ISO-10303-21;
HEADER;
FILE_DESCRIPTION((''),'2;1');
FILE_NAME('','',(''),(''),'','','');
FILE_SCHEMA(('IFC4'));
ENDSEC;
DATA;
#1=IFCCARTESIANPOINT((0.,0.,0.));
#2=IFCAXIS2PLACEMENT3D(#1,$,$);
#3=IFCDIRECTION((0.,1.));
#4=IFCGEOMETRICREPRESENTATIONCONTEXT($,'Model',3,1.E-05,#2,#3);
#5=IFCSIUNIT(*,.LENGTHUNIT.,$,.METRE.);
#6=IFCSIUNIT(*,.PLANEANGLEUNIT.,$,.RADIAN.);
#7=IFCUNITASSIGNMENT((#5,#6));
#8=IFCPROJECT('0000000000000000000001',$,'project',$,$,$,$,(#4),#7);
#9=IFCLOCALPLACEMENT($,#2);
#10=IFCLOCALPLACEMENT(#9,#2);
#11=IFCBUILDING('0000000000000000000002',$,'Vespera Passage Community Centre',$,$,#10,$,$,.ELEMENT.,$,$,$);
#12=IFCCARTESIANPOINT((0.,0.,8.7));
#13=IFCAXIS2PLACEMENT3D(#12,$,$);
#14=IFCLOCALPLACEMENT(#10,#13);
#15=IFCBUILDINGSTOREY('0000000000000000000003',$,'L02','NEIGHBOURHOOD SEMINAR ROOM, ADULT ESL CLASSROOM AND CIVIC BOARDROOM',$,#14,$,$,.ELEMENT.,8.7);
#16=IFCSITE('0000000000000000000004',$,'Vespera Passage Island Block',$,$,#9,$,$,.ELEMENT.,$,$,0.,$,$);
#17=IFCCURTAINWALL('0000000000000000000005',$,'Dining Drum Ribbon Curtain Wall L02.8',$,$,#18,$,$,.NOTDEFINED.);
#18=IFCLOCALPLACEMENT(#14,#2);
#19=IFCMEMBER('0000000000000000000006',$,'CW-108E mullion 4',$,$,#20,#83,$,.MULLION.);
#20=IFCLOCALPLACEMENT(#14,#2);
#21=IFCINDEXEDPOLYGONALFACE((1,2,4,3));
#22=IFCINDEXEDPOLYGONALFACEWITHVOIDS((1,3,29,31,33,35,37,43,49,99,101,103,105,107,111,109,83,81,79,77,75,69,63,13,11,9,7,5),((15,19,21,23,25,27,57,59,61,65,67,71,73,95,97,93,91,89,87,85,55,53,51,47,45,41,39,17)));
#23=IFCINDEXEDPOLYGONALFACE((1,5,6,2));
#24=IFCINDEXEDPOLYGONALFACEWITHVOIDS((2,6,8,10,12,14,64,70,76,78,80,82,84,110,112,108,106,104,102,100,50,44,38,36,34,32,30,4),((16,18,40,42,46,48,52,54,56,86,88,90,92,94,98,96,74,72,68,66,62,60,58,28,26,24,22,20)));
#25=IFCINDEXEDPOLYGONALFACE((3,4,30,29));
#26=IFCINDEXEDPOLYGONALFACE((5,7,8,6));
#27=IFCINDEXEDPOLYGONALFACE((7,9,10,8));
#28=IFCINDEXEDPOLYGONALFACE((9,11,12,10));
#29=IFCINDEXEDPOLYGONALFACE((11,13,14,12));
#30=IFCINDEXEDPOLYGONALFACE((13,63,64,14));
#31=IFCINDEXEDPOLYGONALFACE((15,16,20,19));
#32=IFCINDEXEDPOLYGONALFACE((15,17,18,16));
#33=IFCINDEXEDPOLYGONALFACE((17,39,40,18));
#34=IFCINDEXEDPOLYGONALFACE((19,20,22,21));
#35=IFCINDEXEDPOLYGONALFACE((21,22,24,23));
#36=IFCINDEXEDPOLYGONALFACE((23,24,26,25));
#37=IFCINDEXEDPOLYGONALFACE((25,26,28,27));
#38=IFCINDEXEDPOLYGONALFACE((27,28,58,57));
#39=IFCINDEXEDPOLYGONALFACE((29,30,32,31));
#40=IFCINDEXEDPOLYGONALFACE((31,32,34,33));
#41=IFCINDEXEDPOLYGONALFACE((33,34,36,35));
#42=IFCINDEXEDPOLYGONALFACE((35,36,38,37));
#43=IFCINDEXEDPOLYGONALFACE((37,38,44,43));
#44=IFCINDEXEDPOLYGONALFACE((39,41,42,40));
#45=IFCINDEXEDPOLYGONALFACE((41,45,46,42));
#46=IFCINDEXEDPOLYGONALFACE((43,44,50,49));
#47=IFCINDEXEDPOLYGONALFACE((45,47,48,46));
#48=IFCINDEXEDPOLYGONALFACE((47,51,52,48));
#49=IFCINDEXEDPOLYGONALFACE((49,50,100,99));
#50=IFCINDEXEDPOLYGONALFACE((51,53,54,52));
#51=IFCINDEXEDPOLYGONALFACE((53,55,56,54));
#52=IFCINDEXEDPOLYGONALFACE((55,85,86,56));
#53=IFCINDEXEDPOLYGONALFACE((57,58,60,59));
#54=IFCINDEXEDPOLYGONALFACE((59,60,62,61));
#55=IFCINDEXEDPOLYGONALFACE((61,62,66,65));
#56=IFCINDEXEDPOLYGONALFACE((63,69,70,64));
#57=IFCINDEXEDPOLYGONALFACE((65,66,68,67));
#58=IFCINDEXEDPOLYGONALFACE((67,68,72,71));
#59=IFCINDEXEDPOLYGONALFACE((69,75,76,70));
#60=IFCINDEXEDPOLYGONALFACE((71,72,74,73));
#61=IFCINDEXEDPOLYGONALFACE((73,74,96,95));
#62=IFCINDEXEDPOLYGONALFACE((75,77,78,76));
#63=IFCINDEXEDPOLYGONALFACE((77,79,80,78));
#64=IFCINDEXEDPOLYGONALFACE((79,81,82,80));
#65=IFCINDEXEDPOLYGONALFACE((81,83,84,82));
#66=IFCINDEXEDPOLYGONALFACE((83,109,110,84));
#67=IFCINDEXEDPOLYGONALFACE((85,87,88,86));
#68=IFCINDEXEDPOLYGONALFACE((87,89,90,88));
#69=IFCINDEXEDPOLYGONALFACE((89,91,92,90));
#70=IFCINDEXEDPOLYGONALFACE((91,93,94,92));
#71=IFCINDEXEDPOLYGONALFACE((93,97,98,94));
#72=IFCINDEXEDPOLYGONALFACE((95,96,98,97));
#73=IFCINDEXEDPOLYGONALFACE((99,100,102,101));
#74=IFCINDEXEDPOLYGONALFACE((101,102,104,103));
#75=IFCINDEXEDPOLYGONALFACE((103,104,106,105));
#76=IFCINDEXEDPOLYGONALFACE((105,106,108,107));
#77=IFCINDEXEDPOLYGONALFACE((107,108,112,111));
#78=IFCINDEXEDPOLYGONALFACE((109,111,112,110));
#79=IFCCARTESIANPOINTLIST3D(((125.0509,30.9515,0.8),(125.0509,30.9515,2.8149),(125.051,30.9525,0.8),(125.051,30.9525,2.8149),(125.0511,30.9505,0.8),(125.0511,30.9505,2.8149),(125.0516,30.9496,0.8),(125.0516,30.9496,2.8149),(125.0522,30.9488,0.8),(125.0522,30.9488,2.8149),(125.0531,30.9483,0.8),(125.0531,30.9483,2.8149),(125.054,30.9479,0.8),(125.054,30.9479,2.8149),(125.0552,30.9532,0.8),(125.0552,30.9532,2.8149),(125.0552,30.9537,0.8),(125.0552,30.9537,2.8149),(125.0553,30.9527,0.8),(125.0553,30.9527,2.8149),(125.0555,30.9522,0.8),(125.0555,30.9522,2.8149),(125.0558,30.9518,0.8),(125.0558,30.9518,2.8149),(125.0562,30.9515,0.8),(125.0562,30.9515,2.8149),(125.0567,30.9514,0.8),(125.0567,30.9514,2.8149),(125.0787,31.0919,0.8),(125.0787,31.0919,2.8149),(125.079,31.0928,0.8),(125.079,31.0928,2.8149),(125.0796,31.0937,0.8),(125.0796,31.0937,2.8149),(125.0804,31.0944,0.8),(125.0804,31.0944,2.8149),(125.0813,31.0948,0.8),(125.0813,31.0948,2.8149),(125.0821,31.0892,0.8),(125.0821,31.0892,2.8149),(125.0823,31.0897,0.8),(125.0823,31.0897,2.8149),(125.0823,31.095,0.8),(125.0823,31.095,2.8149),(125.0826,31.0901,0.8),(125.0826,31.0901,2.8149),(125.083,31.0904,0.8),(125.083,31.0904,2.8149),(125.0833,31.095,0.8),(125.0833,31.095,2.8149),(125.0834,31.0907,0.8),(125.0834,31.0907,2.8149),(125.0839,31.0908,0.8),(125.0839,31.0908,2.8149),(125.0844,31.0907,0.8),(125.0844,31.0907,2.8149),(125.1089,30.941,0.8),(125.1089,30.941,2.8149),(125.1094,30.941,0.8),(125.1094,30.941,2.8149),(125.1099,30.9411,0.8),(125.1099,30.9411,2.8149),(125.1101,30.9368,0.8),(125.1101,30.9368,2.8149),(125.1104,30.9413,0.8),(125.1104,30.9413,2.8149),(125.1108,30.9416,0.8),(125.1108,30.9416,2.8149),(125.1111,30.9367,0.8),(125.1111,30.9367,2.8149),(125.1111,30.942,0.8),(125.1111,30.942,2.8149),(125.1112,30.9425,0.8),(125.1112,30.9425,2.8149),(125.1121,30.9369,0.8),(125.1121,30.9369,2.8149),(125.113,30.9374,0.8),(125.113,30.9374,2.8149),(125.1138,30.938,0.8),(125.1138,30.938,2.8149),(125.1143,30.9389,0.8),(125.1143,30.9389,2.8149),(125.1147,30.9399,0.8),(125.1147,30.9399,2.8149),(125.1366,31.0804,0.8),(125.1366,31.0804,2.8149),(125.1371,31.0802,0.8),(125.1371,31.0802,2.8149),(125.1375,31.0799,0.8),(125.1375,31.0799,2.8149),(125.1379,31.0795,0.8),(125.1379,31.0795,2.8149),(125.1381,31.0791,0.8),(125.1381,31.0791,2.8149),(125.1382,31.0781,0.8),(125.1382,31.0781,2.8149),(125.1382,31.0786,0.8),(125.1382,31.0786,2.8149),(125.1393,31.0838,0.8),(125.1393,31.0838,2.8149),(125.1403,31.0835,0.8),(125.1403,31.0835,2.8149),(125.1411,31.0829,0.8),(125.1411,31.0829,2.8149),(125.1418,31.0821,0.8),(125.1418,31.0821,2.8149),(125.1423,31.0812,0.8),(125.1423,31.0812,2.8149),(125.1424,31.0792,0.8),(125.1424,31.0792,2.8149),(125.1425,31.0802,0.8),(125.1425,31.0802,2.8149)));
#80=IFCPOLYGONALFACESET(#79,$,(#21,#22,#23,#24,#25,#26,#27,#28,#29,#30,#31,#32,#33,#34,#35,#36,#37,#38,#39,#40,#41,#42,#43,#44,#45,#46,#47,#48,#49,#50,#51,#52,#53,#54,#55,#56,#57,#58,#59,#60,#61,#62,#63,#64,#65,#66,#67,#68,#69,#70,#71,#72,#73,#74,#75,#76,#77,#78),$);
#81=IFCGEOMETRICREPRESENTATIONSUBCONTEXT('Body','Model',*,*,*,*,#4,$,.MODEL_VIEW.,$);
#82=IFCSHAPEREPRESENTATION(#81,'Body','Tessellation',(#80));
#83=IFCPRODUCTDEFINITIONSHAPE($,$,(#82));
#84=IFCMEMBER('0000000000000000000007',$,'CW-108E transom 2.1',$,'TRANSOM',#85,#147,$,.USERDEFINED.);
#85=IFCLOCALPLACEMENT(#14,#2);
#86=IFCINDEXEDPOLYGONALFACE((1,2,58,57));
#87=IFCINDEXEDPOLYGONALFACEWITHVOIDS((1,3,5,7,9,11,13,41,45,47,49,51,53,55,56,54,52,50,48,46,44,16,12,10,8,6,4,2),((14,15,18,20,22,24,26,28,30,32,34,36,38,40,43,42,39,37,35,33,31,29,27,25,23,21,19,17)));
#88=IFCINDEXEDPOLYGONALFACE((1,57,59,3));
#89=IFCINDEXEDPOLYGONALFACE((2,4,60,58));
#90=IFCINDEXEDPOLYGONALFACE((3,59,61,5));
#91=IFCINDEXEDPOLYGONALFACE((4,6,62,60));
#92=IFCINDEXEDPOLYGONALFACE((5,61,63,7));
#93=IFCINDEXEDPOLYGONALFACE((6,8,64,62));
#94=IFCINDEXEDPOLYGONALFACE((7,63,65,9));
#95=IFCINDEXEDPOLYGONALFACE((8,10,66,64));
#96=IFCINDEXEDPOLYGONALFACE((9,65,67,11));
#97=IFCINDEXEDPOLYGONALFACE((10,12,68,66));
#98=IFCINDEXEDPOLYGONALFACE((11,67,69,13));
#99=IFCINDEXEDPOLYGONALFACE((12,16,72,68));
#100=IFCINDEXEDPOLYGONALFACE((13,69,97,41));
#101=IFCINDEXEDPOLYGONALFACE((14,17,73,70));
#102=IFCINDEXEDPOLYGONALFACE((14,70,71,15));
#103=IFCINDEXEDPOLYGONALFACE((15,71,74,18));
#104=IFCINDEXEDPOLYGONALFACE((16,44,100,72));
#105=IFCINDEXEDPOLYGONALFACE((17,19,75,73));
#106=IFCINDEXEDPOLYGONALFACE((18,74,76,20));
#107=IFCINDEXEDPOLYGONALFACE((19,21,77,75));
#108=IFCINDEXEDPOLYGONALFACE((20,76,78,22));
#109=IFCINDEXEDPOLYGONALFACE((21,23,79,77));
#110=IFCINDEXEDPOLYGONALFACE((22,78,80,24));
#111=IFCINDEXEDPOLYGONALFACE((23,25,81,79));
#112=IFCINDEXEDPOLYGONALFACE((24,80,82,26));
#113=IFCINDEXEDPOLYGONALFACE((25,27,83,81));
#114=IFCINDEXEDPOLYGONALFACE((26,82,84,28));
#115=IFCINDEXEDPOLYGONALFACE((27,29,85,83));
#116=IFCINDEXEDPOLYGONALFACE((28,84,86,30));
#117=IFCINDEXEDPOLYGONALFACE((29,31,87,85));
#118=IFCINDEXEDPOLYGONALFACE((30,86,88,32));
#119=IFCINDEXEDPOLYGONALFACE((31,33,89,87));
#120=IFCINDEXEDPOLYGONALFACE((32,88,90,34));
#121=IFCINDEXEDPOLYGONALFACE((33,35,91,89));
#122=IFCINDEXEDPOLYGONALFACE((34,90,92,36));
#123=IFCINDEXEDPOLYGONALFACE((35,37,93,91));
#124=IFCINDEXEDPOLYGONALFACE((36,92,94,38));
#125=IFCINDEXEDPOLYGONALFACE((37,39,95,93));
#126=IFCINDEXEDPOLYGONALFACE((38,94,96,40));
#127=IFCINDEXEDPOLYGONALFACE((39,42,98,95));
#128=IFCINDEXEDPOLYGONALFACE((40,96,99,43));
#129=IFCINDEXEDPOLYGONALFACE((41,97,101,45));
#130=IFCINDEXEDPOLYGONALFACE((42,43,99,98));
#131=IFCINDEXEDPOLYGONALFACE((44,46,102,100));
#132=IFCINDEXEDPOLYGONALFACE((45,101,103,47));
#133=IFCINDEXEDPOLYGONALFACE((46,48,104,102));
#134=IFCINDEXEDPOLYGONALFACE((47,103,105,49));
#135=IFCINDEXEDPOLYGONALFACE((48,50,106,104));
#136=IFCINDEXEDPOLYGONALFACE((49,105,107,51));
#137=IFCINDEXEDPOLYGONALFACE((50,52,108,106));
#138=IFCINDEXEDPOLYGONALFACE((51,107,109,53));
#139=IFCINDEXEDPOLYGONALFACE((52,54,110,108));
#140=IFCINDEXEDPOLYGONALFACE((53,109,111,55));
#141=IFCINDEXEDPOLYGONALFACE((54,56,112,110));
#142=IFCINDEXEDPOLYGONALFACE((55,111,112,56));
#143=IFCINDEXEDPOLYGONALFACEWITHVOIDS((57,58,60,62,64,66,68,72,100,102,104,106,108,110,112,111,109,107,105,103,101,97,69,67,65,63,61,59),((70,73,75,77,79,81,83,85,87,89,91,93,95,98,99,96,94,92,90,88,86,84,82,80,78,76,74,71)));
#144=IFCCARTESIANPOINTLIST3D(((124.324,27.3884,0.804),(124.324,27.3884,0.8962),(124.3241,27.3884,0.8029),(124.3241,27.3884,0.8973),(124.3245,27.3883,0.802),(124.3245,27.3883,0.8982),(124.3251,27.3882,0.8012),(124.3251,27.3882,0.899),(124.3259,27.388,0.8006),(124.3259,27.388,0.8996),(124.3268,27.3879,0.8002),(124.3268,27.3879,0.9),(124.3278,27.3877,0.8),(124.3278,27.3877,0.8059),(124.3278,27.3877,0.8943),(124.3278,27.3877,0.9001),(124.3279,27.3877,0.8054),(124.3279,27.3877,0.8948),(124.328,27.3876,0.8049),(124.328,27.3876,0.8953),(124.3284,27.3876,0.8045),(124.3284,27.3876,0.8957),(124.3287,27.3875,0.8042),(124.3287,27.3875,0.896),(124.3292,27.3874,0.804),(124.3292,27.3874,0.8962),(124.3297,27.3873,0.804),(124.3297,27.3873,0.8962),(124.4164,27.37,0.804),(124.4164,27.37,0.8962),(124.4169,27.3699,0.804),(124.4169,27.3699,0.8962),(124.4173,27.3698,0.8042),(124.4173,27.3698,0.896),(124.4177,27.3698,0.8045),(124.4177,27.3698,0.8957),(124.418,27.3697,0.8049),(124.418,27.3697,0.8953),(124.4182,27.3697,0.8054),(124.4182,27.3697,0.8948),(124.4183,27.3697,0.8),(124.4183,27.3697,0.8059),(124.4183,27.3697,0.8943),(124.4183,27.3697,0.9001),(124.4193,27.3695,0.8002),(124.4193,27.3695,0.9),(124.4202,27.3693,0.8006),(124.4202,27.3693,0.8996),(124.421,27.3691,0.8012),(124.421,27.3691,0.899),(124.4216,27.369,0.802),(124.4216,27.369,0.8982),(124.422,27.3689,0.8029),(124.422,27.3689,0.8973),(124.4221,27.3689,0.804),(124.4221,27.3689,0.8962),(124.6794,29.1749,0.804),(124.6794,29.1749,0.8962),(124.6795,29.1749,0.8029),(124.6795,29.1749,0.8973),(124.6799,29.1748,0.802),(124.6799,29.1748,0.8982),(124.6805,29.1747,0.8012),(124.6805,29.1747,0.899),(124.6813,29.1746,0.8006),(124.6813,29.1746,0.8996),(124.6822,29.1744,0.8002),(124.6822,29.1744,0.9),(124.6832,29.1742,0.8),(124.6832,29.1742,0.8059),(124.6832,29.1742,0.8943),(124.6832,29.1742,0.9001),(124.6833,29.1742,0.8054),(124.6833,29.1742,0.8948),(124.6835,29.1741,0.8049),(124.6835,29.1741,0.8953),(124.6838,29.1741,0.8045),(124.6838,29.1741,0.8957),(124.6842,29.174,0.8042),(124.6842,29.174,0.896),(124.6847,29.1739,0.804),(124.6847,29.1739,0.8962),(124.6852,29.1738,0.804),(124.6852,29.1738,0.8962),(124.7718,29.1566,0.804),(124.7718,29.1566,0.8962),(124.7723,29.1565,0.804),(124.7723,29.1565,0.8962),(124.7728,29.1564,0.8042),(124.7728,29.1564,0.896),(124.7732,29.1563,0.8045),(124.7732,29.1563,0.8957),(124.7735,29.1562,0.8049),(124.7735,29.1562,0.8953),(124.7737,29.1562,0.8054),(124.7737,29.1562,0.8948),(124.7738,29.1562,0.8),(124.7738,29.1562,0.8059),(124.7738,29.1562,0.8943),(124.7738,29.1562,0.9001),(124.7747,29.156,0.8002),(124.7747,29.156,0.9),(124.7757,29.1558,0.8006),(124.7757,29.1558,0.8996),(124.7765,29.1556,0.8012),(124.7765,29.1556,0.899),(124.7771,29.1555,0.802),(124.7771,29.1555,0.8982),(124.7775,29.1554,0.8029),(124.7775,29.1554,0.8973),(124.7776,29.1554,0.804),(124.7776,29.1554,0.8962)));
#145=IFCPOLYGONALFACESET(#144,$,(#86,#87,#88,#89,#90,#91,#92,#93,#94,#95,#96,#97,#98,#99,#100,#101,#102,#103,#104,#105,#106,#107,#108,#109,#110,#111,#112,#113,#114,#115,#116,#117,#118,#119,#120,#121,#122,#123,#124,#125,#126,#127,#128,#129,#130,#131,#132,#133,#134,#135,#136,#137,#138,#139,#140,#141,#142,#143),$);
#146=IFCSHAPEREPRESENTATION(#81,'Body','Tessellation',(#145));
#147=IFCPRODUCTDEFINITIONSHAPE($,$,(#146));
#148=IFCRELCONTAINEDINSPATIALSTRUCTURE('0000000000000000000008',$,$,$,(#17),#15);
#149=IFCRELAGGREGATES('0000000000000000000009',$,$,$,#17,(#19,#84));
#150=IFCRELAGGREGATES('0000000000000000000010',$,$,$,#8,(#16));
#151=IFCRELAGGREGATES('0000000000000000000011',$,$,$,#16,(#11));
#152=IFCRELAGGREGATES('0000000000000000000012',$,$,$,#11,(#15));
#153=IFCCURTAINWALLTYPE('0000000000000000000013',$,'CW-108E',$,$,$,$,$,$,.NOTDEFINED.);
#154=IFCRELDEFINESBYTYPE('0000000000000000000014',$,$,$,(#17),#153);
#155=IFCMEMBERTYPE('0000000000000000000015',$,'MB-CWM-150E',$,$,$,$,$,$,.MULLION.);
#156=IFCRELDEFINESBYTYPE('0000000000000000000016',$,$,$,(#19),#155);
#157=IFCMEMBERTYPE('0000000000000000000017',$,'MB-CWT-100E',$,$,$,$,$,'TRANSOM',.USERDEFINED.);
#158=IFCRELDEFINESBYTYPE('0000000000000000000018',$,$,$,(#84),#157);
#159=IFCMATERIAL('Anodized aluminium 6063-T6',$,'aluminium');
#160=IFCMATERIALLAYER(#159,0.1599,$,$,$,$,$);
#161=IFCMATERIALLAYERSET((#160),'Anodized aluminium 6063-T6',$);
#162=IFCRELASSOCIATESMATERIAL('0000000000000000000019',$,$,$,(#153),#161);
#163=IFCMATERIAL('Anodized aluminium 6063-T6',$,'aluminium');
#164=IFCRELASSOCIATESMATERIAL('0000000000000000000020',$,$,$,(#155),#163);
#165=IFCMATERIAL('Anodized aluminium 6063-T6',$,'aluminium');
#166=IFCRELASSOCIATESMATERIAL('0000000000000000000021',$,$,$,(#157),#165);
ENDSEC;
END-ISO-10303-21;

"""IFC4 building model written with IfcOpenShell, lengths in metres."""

from ifc_helpers import new_model, si_unit, direction, frame, origin, origin_2d, place, context, subcontext, project, spatial, hollow_rectangle, extrude, material, layer, layer_set, material_profile, profile_set, type_object, element, aggregate, save


model = new_model("IFC4")

# Units and contexts
model_context = context("Model", 3, precision=1e-05, world=origin(), true_north=direction((0.0, 1.0)))
body_context = subcontext(model_context, "Body", "Model", "MODEL_VIEW")
ifc_project = project(units=[si_unit("LENGTHUNIT", "METRE"), si_unit("PLANEANGLEUNIT", "RADIAN")], contexts=[model_context])

# Site, building, storey
site_placement = place(None, origin())
site = spatial("IfcSite", under=ifc_project, at=site_placement, Name="Vespera Passage Island Block", CompositionType="ELEMENT", RefElevation=0.0)
building_placement = place(site_placement, origin())
building = spatial("IfcBuilding", under=site, at=building_placement, Name="Vespera Passage Community Centre", CompositionType="ELEMENT")
storey_placement = place(building_placement, frame((0.0, 0.0, 8.7)))
storey = spatial("IfcBuildingStorey", under=building, at=storey_placement, Name="L02", Description="NEIGHBOURHOOD SEMINAR ROOM, ADULT ESL CLASSROOM AND CIVIC BOARDROOM", CompositionType="ELEMENT", Elevation=8.7)

# Curtain wall, members
ifc_material_1 = material(Name="Anodized aluminium 6063-T6", Category="aluminium")
ifc_layer_1 = layer(ifc_material_1, 0.1599)
ifc_layer_set_1 = layer_set([ifc_layer_1], Name="Anodized aluminium 6063-T6")
curtain_wall_type = type_object("IfcCurtainWallType", Name="CW-108E", PredefinedType="NOTDEFINED", material=ifc_layer_set_1)
curtain_wall_placement = place(storey_placement, origin())
curtain_wall = element("IfcCurtainWall", 1, at=curtain_wall_placement, inside=storey, type_object=curtain_wall_type, Name="Dining Drum Ribbon Curtain Wall L02.8", PredefinedType="NOTDEFINED")
ifc_material_2 = material(Name="Anodized aluminium 6063-T6", Category="aluminium")
ifc_material_profile_1 = material_profile(ifc_material_2, hollow_rectangle(XDim=0.0649, YDim=0.1499, WallThickness=0.0039, InnerFilletRadius=0.002, OuterFilletRadius=0.0039, at=origin_2d()), Name="ALU150X65X4")
ifc_profile_set_1 = profile_set([ifc_material_profile_1], Name="Anodized aluminium 6063-T6")
member_type_1 = type_object("IfcMemberType", Name="MB-CWM-150E", PredefinedType="MULLION", material=ifc_profile_set_1)
member_1_placement = place(storey_placement, frame((125.0967, 31.0159, 0.8), z_axis=(0.0, 0.0, 1.0), x_axis=(-0.980784, 0.195097, 0.0)))
member_1 = element("IfcMember", 2, at=member_1_placement, type_object=member_type_1, Name="CW-108E mullion 4", PredefinedType="MULLION", context=body_context, shape_type="SweptSolid", body=[
    extrude(hollow_rectangle(XDim=0.0649, YDim=0.1499, WallThickness=0.0039, InnerFilletRadius=0.002, OuterFilletRadius=0.0039, at=origin_2d()), origin(), (0.0, 0.0, 1.0), 2.0149),
])
ifc_material_3 = material(Name="Anodized aluminium 6063-T6", Category="aluminium")
ifc_material_profile_2 = material_profile(ifc_material_3, hollow_rectangle(XDim=0.1001, YDim=0.1001, WallThickness=0.0039, InnerFilletRadius=0.002, OuterFilletRadius=0.0039, at=origin_2d()), Name="ALU100X100X4")
ifc_profile_set_2 = profile_set([ifc_material_profile_2], Name="Anodized aluminium 6063-T6")
member_type_2 = type_object("IfcMemberType", Name="MB-CWT-100E", ElementType="TRANSOM", PredefinedType="USERDEFINED", material=ifc_profile_set_2)
member_2_placement = place(storey_placement, frame((124.373, 27.3787, 0.8501), z_axis=(0.195137, 0.980776, 0.0), x_axis=(-0.980776, 0.195137, 0.0)))
member_2 = element("IfcMember", 3, at=member_2_placement, type_object=member_type_2, Name="CW-108E transom 2.1", ObjectType="TRANSOM", PredefinedType="USERDEFINED", context=body_context, shape_type="SweptSolid", body=[
    extrude(hollow_rectangle(XDim=0.1001, YDim=0.1001, WallThickness=0.0039, InnerFilletRadius=0.002, OuterFilletRadius=0.0039, at=origin_2d()), origin(), (0.0, 0.0, 1.0), 1.8215),
])

aggregate(curtain_wall, [member_1, member_2])

save(model, "model.ifc")
